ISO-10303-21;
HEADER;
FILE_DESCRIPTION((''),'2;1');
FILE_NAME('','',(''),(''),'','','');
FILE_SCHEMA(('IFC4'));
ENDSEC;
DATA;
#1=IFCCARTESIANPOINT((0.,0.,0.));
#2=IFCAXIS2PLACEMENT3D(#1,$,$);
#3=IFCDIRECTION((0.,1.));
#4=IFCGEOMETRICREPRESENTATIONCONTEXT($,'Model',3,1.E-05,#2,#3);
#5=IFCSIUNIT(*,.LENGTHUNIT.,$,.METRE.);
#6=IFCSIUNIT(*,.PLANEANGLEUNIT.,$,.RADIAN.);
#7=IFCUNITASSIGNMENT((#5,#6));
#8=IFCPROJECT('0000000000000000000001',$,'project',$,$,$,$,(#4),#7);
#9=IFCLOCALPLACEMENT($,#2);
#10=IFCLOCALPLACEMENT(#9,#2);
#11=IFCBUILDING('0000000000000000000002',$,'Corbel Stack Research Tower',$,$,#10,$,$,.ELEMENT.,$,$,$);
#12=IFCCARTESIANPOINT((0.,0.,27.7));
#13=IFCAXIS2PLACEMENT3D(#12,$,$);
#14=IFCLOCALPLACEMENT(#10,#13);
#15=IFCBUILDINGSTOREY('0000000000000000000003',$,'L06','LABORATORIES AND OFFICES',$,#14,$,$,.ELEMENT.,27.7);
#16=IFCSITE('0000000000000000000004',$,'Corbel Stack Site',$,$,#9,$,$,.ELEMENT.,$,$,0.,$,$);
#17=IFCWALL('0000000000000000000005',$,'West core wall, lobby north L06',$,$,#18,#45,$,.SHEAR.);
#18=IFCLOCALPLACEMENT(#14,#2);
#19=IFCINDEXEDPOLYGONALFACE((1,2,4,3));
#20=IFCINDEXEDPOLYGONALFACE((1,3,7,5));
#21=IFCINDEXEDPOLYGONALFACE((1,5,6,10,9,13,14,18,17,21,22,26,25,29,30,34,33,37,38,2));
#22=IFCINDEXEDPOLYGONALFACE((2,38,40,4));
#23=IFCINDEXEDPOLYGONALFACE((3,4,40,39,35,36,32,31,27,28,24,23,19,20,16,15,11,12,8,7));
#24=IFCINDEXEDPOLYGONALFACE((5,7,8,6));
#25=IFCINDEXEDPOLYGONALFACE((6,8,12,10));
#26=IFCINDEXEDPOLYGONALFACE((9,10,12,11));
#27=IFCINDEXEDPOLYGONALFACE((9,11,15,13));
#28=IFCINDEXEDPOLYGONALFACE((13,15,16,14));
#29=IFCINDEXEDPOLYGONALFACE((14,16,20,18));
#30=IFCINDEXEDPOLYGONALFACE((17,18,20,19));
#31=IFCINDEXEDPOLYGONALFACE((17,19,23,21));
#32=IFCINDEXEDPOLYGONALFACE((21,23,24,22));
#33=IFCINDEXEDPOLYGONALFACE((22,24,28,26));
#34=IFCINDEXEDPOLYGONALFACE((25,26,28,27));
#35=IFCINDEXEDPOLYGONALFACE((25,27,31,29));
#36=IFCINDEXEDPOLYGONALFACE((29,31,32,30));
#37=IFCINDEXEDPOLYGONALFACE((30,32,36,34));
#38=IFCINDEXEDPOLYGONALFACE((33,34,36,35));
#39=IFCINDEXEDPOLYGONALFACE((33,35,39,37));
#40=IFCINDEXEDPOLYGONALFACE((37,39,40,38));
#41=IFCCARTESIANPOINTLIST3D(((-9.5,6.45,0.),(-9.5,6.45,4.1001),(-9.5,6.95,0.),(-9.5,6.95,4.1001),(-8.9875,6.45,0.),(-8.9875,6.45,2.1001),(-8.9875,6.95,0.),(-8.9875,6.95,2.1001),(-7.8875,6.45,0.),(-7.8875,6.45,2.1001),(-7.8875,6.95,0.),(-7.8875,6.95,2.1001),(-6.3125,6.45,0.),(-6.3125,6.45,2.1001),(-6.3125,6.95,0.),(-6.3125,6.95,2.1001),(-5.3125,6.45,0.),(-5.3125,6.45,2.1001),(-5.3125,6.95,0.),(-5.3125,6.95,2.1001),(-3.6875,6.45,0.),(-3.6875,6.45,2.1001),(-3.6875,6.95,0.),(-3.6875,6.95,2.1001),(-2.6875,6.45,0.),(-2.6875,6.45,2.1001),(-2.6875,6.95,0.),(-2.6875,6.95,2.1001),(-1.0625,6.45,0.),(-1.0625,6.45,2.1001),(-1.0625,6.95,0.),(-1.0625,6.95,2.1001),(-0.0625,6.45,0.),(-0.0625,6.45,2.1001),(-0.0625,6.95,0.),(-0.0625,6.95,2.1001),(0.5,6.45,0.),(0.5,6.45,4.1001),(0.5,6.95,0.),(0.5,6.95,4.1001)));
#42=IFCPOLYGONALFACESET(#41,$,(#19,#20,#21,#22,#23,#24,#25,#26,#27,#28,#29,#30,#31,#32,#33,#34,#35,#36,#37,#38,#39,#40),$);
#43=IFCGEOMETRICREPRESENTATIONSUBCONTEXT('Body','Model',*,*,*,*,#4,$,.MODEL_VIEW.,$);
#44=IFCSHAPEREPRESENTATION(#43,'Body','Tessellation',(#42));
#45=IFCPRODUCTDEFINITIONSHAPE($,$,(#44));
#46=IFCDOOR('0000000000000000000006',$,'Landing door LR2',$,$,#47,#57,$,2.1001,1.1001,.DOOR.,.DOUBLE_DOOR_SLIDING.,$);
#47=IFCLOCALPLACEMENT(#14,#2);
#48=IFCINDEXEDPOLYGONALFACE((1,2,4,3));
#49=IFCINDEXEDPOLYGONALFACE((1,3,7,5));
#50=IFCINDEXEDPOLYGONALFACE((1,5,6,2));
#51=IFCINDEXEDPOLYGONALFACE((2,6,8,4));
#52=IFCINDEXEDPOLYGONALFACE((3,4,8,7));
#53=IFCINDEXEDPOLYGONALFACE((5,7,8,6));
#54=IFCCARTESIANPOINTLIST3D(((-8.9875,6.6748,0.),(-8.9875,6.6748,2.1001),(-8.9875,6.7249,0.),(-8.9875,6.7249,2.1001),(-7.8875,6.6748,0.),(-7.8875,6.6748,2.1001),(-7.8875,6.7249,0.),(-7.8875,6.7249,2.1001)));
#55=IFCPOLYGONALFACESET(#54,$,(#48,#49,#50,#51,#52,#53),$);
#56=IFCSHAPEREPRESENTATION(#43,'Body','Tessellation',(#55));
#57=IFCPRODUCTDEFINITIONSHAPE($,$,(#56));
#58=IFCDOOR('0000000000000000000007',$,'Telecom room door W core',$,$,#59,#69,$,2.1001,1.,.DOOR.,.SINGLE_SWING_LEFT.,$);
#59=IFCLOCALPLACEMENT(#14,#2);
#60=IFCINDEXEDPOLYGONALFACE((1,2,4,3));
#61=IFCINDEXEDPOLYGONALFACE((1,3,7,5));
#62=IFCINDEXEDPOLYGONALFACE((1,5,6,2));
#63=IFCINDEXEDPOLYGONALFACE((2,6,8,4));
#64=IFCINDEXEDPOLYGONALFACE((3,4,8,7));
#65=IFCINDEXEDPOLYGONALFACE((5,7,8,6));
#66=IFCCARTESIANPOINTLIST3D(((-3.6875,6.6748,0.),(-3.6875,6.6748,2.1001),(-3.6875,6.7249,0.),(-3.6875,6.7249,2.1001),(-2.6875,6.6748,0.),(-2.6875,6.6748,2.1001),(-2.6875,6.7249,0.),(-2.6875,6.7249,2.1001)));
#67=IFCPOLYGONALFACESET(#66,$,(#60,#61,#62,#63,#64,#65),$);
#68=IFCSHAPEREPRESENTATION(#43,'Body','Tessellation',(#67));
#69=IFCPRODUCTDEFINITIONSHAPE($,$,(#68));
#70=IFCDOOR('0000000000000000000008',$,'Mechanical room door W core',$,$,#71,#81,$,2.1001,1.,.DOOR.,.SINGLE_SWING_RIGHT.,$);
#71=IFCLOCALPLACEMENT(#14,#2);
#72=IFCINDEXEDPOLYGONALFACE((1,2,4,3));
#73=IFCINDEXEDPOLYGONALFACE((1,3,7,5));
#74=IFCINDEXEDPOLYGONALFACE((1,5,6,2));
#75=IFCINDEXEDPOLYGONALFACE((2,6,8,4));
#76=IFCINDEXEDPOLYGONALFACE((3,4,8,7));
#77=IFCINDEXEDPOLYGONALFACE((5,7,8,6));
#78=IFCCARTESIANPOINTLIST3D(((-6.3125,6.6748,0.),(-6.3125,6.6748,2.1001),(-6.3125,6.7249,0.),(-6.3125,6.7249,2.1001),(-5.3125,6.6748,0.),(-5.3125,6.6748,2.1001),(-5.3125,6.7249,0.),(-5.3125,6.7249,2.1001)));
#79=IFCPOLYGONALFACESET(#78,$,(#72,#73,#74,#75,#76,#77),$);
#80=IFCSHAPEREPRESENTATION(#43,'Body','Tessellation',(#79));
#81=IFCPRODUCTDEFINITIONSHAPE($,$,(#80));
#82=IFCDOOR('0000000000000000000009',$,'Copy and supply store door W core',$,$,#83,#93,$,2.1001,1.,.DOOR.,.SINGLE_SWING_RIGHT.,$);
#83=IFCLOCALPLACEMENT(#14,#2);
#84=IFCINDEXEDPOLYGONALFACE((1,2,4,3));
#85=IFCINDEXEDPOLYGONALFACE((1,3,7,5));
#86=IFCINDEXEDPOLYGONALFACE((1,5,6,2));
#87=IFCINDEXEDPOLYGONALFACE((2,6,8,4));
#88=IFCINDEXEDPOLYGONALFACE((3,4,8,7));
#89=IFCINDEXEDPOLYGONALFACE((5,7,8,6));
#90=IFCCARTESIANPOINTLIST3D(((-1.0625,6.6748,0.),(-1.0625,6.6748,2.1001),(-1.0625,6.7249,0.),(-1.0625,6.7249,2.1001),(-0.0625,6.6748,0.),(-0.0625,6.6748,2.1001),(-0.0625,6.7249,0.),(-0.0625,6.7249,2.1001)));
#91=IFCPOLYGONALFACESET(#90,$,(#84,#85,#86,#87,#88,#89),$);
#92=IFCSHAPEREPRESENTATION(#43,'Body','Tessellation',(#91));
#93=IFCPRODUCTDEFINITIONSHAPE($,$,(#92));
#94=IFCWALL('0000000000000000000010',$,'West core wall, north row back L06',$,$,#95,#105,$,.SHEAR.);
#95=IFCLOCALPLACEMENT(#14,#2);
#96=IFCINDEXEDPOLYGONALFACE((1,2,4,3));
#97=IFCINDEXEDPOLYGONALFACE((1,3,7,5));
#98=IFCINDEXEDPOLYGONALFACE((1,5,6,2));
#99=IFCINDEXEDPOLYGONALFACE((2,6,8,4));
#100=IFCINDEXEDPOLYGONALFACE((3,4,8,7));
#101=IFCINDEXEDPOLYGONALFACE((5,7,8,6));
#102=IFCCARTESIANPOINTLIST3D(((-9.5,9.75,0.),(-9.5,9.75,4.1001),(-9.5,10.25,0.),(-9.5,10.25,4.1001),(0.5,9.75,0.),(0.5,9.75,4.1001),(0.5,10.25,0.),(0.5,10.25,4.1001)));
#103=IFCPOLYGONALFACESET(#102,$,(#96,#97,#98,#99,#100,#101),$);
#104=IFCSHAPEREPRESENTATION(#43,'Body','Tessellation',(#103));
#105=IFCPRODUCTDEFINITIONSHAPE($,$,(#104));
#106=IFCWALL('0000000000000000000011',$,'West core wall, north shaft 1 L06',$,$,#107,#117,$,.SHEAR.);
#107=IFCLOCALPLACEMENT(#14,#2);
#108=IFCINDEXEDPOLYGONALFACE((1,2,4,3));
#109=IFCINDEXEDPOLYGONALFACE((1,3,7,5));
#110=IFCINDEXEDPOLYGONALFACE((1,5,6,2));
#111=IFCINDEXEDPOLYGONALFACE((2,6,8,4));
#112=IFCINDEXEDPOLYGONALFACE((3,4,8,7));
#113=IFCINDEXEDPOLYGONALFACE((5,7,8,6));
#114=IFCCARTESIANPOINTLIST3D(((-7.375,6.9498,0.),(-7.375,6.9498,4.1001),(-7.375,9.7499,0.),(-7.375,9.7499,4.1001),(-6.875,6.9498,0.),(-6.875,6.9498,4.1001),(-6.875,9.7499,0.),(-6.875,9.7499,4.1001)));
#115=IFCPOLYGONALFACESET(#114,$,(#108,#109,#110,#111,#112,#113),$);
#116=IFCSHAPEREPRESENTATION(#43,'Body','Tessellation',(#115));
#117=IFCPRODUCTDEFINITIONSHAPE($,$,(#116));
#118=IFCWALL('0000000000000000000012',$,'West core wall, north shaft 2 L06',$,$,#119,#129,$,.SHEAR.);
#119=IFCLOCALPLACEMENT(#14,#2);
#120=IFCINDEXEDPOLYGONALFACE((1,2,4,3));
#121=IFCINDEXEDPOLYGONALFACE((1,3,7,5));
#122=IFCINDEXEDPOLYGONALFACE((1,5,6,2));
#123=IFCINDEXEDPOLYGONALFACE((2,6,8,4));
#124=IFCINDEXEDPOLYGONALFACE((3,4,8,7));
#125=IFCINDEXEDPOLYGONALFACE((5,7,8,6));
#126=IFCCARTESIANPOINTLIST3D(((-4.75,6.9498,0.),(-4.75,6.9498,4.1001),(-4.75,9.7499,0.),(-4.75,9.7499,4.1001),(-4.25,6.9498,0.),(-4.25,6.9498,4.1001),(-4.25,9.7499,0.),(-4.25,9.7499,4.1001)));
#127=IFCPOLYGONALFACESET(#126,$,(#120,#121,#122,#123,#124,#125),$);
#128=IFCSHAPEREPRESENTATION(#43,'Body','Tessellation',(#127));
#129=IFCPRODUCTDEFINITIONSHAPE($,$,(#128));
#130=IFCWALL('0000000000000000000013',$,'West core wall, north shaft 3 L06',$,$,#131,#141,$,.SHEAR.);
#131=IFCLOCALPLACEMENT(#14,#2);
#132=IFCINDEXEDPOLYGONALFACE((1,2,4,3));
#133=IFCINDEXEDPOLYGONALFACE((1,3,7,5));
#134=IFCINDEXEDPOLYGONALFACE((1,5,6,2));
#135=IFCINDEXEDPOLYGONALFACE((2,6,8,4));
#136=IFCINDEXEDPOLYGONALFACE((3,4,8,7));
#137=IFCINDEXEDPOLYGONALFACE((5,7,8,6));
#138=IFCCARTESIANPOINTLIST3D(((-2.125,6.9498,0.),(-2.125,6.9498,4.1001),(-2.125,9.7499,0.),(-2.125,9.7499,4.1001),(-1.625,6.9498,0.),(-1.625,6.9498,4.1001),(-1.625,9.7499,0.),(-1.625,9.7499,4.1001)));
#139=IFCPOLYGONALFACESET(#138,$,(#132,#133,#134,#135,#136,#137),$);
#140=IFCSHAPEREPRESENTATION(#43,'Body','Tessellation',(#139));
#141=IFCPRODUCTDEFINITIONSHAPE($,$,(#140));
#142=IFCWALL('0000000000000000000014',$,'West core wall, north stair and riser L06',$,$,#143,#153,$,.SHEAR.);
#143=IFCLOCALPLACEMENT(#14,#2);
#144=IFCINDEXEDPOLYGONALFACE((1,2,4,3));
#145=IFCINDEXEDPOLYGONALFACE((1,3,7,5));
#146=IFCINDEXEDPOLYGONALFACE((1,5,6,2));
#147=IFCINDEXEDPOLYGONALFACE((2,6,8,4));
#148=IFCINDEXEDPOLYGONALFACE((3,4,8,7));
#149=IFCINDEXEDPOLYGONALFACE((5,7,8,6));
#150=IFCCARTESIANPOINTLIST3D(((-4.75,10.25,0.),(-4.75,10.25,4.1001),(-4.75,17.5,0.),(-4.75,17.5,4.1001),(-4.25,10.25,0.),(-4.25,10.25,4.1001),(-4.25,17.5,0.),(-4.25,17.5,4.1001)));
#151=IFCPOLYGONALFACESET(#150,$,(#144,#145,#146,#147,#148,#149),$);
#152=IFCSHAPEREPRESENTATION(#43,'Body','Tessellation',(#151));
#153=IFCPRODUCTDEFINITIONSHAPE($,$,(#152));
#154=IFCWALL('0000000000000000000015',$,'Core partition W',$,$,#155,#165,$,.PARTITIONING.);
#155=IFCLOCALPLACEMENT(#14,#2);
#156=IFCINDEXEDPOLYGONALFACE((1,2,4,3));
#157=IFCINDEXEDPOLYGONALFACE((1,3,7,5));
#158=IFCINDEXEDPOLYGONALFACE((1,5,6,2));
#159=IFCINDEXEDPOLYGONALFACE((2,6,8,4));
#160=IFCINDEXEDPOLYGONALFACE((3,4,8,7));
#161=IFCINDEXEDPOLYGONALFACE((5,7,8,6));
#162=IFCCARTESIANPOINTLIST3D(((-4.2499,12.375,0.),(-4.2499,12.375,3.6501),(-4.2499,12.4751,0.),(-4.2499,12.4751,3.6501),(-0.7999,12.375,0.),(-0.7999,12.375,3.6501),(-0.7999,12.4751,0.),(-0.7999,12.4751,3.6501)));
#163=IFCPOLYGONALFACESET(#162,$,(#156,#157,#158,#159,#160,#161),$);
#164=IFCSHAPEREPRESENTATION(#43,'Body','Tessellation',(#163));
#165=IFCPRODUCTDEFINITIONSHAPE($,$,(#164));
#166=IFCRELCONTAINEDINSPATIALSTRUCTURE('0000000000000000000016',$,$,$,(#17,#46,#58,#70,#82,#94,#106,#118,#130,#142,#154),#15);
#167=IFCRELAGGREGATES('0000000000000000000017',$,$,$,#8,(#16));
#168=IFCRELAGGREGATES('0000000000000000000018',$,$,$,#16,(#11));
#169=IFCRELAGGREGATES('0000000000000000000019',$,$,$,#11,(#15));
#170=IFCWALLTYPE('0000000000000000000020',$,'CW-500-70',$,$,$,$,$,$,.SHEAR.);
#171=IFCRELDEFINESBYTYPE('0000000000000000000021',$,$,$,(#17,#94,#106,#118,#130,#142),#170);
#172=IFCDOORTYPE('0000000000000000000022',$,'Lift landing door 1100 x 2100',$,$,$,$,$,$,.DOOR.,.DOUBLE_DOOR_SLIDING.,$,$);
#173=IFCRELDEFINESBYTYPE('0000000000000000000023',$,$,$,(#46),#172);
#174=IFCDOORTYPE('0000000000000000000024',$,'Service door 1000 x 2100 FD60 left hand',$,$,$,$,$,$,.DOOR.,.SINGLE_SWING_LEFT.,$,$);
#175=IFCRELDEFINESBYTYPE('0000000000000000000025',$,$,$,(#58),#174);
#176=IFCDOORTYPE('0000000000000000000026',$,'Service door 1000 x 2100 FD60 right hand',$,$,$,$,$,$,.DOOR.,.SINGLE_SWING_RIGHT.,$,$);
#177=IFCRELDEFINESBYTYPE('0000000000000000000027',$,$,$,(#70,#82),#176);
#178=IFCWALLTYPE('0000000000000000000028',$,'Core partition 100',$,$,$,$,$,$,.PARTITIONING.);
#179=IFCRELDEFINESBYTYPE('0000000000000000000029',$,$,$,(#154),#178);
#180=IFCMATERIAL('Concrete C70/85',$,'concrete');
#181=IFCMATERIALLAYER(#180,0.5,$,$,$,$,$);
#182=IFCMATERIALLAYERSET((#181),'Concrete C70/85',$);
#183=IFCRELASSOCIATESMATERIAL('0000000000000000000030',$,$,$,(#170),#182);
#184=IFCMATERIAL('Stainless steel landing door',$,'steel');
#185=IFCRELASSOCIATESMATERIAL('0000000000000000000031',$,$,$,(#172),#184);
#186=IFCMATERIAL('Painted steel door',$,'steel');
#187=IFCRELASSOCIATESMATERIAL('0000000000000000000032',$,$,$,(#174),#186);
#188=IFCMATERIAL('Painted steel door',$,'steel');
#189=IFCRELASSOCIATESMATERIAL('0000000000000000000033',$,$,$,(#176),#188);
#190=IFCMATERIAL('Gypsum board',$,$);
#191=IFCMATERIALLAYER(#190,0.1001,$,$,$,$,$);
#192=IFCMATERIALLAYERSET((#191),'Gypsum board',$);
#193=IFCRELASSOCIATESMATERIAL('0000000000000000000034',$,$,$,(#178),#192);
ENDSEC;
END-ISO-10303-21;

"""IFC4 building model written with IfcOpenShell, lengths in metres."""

from ifc_helpers import new_model, si_unit, direction, frame, frame_2d, origin, place, context, subcontext, project, spatial, rectangle, extrude, material, layer, layer_set, type_object, element, fill, save


model = new_model("IFC4")

# Units and contexts
model_context = context("Model", 3, precision=1e-05, world=origin(), true_north=direction((0.0, 1.0)))
body_context = subcontext(model_context, "Body", "Model", "MODEL_VIEW")
ifc_project = project(units=[si_unit("LENGTHUNIT", "METRE"), si_unit("PLANEANGLEUNIT", "RADIAN")], contexts=[model_context])

# Site, building, storey
site_placement = place(None, origin())
site = spatial("IfcSite", under=ifc_project, at=site_placement, Name="Corbel Stack Site", CompositionType="ELEMENT", RefElevation=0.0)
building_placement = place(site_placement, origin())
building = spatial("IfcBuilding", under=site, at=building_placement, Name="Corbel Stack Research Tower", CompositionType="ELEMENT")
storey_placement = place(building_placement, frame((0.0, 0.0, 27.7)))
storey = spatial("IfcBuildingStorey", under=building, at=storey_placement, Name="L06", Description="LABORATORIES AND OFFICES", CompositionType="ELEMENT", Elevation=27.7)

# Wall, openings, doors
ifc_material_1 = material(Name="Concrete C70/85", Category="concrete")
ifc_layer_1 = layer(ifc_material_1, 0.5)
ifc_layer_set_1 = layer_set([ifc_layer_1], Name="Concrete C70/85")
wall_type_1 = type_object("IfcWallType", Name="CW-500-70", PredefinedType="SHEAR", material=ifc_layer_set_1)
ifc_material_2 = material(Name="Stainless steel landing door", Category="steel")
door_type_1 = type_object("IfcDoorType", Name="Lift landing door 1100 x 2100", OperationType="DOUBLE_DOOR_SLIDING", PredefinedType="DOOR", material=ifc_material_2)
wall_1_placement = place(storey_placement, frame((-9.5, 6.7, 0.0), z_axis=(0.0, 0.0, 1.0), x_axis=(1.0, 0.0, 0.0)))
wall_1 = element("IfcWall", 1, at=wall_1_placement, inside=storey, type_object=wall_type_1, Name="West core wall, lobby north L06", PredefinedType="SHEAR", context=body_context, shape_type="SweptSolid", body=[
    extrude(rectangle(XDim=10.0, YDim=0.5, at=frame_2d((5.0, 0.0))), origin(), (0.0, 0.0, 1.0), 4.1001),
])
opening_1_placement = place(wall_1_placement, frame((0.5125, 0.0, 0.0)))
opening_1 = element("IfcOpeningElement", 2, at=opening_1_placement, cuts=wall_1, PredefinedType="OPENING", context=body_context, shape_type="SweptSolid", body=[
    extrude(rectangle(XDim=1.1001, YDim=2.1001, at=frame_2d((0.55, 1.05))), frame((0.0, 0.26, 0.0), z_axis=(0.0, -1.0, 0.0), x_axis=(1.0, 0.0, 0.0)), (0.0, 0.0, 1.0), 0.52),
])
opening_2_placement = place(wall_1_placement, frame((3.1875, 0.0, 0.0)))
opening_2 = element("IfcOpeningElement", 3, at=opening_2_placement, cuts=wall_1, PredefinedType="OPENING", context=body_context, shape_type="SweptSolid", body=[
    extrude(rectangle(XDim=1.0, YDim=2.1001, at=frame_2d((0.5, 1.05))), frame((0.0, 0.26, 0.0), z_axis=(0.0, -1.0, 0.0), x_axis=(1.0, 0.0, 0.0)), (0.0, 0.0, 1.0), 0.52),
])
opening_3_placement = place(wall_1_placement, frame((5.8125, 0.0, 0.0)))
opening_3 = element("IfcOpeningElement", 4, at=opening_3_placement, cuts=wall_1, PredefinedType="OPENING", context=body_context, shape_type="SweptSolid", body=[
    extrude(rectangle(XDim=1.0, YDim=2.1001, at=frame_2d((0.5, 1.05))), frame((0.0, 0.26, 0.0), z_axis=(0.0, -1.0, 0.0), x_axis=(1.0, 0.0, 0.0)), (0.0, 0.0, 1.0), 0.52),
])
opening_4_placement = place(wall_1_placement, frame((8.4375, 0.0, 0.0)))
opening_4 = element("IfcOpeningElement", 5, at=opening_4_placement, cuts=wall_1, PredefinedType="OPENING", context=body_context, shape_type="SweptSolid", body=[
    extrude(rectangle(XDim=1.0, YDim=2.1001, at=frame_2d((0.5, 1.05))), frame((0.0, 0.26, 0.0), z_axis=(0.0, -1.0, 0.0), x_axis=(1.0, 0.0, 0.0)), (0.0, 0.0, 1.0), 0.52),
])
door_1_placement = place(opening_1_placement, origin())
door_1 = element("IfcDoor", 6, at=door_1_placement, inside=storey, type_object=door_type_1, Name="Landing door LR2", OperationType="DOUBLE_DOOR_SLIDING", OverallHeight=2.1001, OverallWidth=1.1001, PredefinedType="DOOR", context=body_context, shape_type="SweptSolid", body=[
    extrude(rectangle(XDim=1.1001, YDim=2.1001, at=frame_2d((0.55, 1.05))), frame((0.0, 0.0249, 0.0), z_axis=(0.0, -1.0, 0.0), x_axis=(1.0, 0.0, 0.0)), (0.0, 0.0, 1.0), 0.05),
])
fill(opening_1, door_1)
ifc_material_3 = material(Name="Painted steel door", Category="steel")
door_type_2 = type_object("IfcDoorType", Name="Service door 1000 x 2100 FD60 left hand", OperationType="SINGLE_SWING_LEFT", PredefinedType="DOOR", material=ifc_material_3)
door_2_placement = place(opening_3_placement, origin())
door_2 = element("IfcDoor", 7, at=door_2_placement, inside=storey, type_object=door_type_2, Name="Telecom room door W core", OperationType="SINGLE_SWING_LEFT", OverallHeight=2.1001, OverallWidth=1.0, PredefinedType="DOOR", context=body_context, shape_type="SweptSolid", body=[
    extrude(rectangle(XDim=1.0, YDim=2.1001, at=frame_2d((0.5, 1.05))), frame((0.0, 0.0249, 0.0), z_axis=(0.0, -1.0, 0.0), x_axis=(1.0, 0.0, 0.0)), (0.0, 0.0, 1.0), 0.05),
])
fill(opening_3, door_2)
ifc_material_4 = material(Name="Painted steel door", Category="steel")
door_type_3 = type_object("IfcDoorType", Name="Service door 1000 x 2100 FD60 right hand", OperationType="SINGLE_SWING_RIGHT", PredefinedType="DOOR", material=ifc_material_4)
door_3_placement = place(opening_2_placement, origin())
door_3 = element("IfcDoor", 8, at=door_3_placement, inside=storey, type_object=door_type_3, Name="Mechanical room door W core", OperationType="SINGLE_SWING_RIGHT", OverallHeight=2.1001, OverallWidth=1.0, PredefinedType="DOOR", context=body_context, shape_type="SweptSolid", body=[
    extrude(rectangle(XDim=1.0, YDim=2.1001, at=frame_2d((0.5, 1.05))), frame((0.0, 0.0249, 0.0), z_axis=(0.0, -1.0, 0.0), x_axis=(1.0, 0.0, 0.0)), (0.0, 0.0, 1.0), 0.05),
])
fill(opening_2, door_3)
door_4_placement = place(opening_4_placement, origin())
door_4 = element("IfcDoor", 9, at=door_4_placement, inside=storey, type_object=door_type_3, Name="Copy and supply store door W core", OperationType="SINGLE_SWING_RIGHT", OverallHeight=2.1001, OverallWidth=1.0, PredefinedType="DOOR", context=body_context, shape_type="SweptSolid", body=[
    extrude(rectangle(XDim=1.0, YDim=2.1001, at=frame_2d((0.5, 1.05))), frame((0.0, 0.0249, 0.0), z_axis=(0.0, -1.0, 0.0), x_axis=(1.0, 0.0, 0.0)), (0.0, 0.0, 1.0), 0.05),
])
fill(opening_4, door_4)

# Walls
wall_2_placement = place(storey_placement, frame((-9.5, 10.0, 0.0), z_axis=(0.0, 0.0, 1.0), x_axis=(1.0, 0.0, 0.0)))
element("IfcWall", 10, at=wall_2_placement, inside=storey, type_object=wall_type_1, Name="West core wall, north row back L06", PredefinedType="SHEAR", context=body_context, shape_type="SweptSolid", body=[
    extrude(rectangle(XDim=10.0, YDim=0.5, at=frame_2d((5.0, 0.0))), origin(), (0.0, 0.0, 1.0), 4.1001),
])
for number, where, z_axis, x_axis, name in (
    (11, (-7.125, 6.95, 0.0), (0.0, 0.0, 1.0), (0.0, 1.0, 0.0), "West core wall, north shaft 1 L06"),
    (12, (-4.5, 6.95, 0.0), (0.0, 0.0, 1.0), (0.0, 1.0, 0.0), "West core wall, north shaft 2 L06"),
    (13, (-1.875, 6.95, 0.0), (0.0, 0.0, 1.0), (0.0, 1.0, 0.0), "West core wall, north shaft 3 L06"),
):
    element("IfcWall", number, at=place(storey_placement, frame(where, z_axis=z_axis, x_axis=x_axis)), inside=storey, type_object=wall_type_1, Name=name, PredefinedType="SHEAR", context=body_context, shape_type="SweptSolid", body=[
        extrude(rectangle(XDim=2.8, YDim=0.5, at=frame_2d((1.3999, 0.0))), origin(), (0.0, 0.0, 1.0), 4.1001),
    ])
wall_3_placement = place(storey_placement, frame((-4.5, 10.25, 0.0), z_axis=(0.0, 0.0, 1.0), x_axis=(0.0, 1.0, 0.0)))
element("IfcWall", 14, at=wall_3_placement, inside=storey, type_object=wall_type_1, Name="West core wall, north stair and riser L06", PredefinedType="SHEAR", context=body_context, shape_type="SweptSolid", body=[
    extrude(rectangle(XDim=7.25, YDim=0.5, at=frame_2d((3.625, 0.0))), origin(), (0.0, 0.0, 1.0), 4.1001),
])
ifc_material_5 = material(Name="Gypsum board")
ifc_layer_2 = layer(ifc_material_5, 0.1001)
ifc_layer_set_2 = layer_set([ifc_layer_2], Name="Gypsum board")
wall_type_2 = type_object("IfcWallType", Name="Core partition 100", PredefinedType="PARTITIONING", material=ifc_layer_set_2)
wall_4_placement = place(storey_placement, frame((-4.25, 12.425, 0.0), z_axis=(0.0, 0.0, 1.0), x_axis=(1.0, 0.0, 0.0)))
element("IfcWall", 15, at=wall_4_placement, inside=storey, type_object=wall_type_2, Name="Core partition W", PredefinedType="PARTITIONING", context=body_context, shape_type="SweptSolid", body=[
    extrude(rectangle(XDim=3.45, YDim=0.1001, at=frame_2d((1.7251, 0.0))), origin(), (0.0, 0.0, 1.0), 3.6501),
])

save(model, "model.ifc")
